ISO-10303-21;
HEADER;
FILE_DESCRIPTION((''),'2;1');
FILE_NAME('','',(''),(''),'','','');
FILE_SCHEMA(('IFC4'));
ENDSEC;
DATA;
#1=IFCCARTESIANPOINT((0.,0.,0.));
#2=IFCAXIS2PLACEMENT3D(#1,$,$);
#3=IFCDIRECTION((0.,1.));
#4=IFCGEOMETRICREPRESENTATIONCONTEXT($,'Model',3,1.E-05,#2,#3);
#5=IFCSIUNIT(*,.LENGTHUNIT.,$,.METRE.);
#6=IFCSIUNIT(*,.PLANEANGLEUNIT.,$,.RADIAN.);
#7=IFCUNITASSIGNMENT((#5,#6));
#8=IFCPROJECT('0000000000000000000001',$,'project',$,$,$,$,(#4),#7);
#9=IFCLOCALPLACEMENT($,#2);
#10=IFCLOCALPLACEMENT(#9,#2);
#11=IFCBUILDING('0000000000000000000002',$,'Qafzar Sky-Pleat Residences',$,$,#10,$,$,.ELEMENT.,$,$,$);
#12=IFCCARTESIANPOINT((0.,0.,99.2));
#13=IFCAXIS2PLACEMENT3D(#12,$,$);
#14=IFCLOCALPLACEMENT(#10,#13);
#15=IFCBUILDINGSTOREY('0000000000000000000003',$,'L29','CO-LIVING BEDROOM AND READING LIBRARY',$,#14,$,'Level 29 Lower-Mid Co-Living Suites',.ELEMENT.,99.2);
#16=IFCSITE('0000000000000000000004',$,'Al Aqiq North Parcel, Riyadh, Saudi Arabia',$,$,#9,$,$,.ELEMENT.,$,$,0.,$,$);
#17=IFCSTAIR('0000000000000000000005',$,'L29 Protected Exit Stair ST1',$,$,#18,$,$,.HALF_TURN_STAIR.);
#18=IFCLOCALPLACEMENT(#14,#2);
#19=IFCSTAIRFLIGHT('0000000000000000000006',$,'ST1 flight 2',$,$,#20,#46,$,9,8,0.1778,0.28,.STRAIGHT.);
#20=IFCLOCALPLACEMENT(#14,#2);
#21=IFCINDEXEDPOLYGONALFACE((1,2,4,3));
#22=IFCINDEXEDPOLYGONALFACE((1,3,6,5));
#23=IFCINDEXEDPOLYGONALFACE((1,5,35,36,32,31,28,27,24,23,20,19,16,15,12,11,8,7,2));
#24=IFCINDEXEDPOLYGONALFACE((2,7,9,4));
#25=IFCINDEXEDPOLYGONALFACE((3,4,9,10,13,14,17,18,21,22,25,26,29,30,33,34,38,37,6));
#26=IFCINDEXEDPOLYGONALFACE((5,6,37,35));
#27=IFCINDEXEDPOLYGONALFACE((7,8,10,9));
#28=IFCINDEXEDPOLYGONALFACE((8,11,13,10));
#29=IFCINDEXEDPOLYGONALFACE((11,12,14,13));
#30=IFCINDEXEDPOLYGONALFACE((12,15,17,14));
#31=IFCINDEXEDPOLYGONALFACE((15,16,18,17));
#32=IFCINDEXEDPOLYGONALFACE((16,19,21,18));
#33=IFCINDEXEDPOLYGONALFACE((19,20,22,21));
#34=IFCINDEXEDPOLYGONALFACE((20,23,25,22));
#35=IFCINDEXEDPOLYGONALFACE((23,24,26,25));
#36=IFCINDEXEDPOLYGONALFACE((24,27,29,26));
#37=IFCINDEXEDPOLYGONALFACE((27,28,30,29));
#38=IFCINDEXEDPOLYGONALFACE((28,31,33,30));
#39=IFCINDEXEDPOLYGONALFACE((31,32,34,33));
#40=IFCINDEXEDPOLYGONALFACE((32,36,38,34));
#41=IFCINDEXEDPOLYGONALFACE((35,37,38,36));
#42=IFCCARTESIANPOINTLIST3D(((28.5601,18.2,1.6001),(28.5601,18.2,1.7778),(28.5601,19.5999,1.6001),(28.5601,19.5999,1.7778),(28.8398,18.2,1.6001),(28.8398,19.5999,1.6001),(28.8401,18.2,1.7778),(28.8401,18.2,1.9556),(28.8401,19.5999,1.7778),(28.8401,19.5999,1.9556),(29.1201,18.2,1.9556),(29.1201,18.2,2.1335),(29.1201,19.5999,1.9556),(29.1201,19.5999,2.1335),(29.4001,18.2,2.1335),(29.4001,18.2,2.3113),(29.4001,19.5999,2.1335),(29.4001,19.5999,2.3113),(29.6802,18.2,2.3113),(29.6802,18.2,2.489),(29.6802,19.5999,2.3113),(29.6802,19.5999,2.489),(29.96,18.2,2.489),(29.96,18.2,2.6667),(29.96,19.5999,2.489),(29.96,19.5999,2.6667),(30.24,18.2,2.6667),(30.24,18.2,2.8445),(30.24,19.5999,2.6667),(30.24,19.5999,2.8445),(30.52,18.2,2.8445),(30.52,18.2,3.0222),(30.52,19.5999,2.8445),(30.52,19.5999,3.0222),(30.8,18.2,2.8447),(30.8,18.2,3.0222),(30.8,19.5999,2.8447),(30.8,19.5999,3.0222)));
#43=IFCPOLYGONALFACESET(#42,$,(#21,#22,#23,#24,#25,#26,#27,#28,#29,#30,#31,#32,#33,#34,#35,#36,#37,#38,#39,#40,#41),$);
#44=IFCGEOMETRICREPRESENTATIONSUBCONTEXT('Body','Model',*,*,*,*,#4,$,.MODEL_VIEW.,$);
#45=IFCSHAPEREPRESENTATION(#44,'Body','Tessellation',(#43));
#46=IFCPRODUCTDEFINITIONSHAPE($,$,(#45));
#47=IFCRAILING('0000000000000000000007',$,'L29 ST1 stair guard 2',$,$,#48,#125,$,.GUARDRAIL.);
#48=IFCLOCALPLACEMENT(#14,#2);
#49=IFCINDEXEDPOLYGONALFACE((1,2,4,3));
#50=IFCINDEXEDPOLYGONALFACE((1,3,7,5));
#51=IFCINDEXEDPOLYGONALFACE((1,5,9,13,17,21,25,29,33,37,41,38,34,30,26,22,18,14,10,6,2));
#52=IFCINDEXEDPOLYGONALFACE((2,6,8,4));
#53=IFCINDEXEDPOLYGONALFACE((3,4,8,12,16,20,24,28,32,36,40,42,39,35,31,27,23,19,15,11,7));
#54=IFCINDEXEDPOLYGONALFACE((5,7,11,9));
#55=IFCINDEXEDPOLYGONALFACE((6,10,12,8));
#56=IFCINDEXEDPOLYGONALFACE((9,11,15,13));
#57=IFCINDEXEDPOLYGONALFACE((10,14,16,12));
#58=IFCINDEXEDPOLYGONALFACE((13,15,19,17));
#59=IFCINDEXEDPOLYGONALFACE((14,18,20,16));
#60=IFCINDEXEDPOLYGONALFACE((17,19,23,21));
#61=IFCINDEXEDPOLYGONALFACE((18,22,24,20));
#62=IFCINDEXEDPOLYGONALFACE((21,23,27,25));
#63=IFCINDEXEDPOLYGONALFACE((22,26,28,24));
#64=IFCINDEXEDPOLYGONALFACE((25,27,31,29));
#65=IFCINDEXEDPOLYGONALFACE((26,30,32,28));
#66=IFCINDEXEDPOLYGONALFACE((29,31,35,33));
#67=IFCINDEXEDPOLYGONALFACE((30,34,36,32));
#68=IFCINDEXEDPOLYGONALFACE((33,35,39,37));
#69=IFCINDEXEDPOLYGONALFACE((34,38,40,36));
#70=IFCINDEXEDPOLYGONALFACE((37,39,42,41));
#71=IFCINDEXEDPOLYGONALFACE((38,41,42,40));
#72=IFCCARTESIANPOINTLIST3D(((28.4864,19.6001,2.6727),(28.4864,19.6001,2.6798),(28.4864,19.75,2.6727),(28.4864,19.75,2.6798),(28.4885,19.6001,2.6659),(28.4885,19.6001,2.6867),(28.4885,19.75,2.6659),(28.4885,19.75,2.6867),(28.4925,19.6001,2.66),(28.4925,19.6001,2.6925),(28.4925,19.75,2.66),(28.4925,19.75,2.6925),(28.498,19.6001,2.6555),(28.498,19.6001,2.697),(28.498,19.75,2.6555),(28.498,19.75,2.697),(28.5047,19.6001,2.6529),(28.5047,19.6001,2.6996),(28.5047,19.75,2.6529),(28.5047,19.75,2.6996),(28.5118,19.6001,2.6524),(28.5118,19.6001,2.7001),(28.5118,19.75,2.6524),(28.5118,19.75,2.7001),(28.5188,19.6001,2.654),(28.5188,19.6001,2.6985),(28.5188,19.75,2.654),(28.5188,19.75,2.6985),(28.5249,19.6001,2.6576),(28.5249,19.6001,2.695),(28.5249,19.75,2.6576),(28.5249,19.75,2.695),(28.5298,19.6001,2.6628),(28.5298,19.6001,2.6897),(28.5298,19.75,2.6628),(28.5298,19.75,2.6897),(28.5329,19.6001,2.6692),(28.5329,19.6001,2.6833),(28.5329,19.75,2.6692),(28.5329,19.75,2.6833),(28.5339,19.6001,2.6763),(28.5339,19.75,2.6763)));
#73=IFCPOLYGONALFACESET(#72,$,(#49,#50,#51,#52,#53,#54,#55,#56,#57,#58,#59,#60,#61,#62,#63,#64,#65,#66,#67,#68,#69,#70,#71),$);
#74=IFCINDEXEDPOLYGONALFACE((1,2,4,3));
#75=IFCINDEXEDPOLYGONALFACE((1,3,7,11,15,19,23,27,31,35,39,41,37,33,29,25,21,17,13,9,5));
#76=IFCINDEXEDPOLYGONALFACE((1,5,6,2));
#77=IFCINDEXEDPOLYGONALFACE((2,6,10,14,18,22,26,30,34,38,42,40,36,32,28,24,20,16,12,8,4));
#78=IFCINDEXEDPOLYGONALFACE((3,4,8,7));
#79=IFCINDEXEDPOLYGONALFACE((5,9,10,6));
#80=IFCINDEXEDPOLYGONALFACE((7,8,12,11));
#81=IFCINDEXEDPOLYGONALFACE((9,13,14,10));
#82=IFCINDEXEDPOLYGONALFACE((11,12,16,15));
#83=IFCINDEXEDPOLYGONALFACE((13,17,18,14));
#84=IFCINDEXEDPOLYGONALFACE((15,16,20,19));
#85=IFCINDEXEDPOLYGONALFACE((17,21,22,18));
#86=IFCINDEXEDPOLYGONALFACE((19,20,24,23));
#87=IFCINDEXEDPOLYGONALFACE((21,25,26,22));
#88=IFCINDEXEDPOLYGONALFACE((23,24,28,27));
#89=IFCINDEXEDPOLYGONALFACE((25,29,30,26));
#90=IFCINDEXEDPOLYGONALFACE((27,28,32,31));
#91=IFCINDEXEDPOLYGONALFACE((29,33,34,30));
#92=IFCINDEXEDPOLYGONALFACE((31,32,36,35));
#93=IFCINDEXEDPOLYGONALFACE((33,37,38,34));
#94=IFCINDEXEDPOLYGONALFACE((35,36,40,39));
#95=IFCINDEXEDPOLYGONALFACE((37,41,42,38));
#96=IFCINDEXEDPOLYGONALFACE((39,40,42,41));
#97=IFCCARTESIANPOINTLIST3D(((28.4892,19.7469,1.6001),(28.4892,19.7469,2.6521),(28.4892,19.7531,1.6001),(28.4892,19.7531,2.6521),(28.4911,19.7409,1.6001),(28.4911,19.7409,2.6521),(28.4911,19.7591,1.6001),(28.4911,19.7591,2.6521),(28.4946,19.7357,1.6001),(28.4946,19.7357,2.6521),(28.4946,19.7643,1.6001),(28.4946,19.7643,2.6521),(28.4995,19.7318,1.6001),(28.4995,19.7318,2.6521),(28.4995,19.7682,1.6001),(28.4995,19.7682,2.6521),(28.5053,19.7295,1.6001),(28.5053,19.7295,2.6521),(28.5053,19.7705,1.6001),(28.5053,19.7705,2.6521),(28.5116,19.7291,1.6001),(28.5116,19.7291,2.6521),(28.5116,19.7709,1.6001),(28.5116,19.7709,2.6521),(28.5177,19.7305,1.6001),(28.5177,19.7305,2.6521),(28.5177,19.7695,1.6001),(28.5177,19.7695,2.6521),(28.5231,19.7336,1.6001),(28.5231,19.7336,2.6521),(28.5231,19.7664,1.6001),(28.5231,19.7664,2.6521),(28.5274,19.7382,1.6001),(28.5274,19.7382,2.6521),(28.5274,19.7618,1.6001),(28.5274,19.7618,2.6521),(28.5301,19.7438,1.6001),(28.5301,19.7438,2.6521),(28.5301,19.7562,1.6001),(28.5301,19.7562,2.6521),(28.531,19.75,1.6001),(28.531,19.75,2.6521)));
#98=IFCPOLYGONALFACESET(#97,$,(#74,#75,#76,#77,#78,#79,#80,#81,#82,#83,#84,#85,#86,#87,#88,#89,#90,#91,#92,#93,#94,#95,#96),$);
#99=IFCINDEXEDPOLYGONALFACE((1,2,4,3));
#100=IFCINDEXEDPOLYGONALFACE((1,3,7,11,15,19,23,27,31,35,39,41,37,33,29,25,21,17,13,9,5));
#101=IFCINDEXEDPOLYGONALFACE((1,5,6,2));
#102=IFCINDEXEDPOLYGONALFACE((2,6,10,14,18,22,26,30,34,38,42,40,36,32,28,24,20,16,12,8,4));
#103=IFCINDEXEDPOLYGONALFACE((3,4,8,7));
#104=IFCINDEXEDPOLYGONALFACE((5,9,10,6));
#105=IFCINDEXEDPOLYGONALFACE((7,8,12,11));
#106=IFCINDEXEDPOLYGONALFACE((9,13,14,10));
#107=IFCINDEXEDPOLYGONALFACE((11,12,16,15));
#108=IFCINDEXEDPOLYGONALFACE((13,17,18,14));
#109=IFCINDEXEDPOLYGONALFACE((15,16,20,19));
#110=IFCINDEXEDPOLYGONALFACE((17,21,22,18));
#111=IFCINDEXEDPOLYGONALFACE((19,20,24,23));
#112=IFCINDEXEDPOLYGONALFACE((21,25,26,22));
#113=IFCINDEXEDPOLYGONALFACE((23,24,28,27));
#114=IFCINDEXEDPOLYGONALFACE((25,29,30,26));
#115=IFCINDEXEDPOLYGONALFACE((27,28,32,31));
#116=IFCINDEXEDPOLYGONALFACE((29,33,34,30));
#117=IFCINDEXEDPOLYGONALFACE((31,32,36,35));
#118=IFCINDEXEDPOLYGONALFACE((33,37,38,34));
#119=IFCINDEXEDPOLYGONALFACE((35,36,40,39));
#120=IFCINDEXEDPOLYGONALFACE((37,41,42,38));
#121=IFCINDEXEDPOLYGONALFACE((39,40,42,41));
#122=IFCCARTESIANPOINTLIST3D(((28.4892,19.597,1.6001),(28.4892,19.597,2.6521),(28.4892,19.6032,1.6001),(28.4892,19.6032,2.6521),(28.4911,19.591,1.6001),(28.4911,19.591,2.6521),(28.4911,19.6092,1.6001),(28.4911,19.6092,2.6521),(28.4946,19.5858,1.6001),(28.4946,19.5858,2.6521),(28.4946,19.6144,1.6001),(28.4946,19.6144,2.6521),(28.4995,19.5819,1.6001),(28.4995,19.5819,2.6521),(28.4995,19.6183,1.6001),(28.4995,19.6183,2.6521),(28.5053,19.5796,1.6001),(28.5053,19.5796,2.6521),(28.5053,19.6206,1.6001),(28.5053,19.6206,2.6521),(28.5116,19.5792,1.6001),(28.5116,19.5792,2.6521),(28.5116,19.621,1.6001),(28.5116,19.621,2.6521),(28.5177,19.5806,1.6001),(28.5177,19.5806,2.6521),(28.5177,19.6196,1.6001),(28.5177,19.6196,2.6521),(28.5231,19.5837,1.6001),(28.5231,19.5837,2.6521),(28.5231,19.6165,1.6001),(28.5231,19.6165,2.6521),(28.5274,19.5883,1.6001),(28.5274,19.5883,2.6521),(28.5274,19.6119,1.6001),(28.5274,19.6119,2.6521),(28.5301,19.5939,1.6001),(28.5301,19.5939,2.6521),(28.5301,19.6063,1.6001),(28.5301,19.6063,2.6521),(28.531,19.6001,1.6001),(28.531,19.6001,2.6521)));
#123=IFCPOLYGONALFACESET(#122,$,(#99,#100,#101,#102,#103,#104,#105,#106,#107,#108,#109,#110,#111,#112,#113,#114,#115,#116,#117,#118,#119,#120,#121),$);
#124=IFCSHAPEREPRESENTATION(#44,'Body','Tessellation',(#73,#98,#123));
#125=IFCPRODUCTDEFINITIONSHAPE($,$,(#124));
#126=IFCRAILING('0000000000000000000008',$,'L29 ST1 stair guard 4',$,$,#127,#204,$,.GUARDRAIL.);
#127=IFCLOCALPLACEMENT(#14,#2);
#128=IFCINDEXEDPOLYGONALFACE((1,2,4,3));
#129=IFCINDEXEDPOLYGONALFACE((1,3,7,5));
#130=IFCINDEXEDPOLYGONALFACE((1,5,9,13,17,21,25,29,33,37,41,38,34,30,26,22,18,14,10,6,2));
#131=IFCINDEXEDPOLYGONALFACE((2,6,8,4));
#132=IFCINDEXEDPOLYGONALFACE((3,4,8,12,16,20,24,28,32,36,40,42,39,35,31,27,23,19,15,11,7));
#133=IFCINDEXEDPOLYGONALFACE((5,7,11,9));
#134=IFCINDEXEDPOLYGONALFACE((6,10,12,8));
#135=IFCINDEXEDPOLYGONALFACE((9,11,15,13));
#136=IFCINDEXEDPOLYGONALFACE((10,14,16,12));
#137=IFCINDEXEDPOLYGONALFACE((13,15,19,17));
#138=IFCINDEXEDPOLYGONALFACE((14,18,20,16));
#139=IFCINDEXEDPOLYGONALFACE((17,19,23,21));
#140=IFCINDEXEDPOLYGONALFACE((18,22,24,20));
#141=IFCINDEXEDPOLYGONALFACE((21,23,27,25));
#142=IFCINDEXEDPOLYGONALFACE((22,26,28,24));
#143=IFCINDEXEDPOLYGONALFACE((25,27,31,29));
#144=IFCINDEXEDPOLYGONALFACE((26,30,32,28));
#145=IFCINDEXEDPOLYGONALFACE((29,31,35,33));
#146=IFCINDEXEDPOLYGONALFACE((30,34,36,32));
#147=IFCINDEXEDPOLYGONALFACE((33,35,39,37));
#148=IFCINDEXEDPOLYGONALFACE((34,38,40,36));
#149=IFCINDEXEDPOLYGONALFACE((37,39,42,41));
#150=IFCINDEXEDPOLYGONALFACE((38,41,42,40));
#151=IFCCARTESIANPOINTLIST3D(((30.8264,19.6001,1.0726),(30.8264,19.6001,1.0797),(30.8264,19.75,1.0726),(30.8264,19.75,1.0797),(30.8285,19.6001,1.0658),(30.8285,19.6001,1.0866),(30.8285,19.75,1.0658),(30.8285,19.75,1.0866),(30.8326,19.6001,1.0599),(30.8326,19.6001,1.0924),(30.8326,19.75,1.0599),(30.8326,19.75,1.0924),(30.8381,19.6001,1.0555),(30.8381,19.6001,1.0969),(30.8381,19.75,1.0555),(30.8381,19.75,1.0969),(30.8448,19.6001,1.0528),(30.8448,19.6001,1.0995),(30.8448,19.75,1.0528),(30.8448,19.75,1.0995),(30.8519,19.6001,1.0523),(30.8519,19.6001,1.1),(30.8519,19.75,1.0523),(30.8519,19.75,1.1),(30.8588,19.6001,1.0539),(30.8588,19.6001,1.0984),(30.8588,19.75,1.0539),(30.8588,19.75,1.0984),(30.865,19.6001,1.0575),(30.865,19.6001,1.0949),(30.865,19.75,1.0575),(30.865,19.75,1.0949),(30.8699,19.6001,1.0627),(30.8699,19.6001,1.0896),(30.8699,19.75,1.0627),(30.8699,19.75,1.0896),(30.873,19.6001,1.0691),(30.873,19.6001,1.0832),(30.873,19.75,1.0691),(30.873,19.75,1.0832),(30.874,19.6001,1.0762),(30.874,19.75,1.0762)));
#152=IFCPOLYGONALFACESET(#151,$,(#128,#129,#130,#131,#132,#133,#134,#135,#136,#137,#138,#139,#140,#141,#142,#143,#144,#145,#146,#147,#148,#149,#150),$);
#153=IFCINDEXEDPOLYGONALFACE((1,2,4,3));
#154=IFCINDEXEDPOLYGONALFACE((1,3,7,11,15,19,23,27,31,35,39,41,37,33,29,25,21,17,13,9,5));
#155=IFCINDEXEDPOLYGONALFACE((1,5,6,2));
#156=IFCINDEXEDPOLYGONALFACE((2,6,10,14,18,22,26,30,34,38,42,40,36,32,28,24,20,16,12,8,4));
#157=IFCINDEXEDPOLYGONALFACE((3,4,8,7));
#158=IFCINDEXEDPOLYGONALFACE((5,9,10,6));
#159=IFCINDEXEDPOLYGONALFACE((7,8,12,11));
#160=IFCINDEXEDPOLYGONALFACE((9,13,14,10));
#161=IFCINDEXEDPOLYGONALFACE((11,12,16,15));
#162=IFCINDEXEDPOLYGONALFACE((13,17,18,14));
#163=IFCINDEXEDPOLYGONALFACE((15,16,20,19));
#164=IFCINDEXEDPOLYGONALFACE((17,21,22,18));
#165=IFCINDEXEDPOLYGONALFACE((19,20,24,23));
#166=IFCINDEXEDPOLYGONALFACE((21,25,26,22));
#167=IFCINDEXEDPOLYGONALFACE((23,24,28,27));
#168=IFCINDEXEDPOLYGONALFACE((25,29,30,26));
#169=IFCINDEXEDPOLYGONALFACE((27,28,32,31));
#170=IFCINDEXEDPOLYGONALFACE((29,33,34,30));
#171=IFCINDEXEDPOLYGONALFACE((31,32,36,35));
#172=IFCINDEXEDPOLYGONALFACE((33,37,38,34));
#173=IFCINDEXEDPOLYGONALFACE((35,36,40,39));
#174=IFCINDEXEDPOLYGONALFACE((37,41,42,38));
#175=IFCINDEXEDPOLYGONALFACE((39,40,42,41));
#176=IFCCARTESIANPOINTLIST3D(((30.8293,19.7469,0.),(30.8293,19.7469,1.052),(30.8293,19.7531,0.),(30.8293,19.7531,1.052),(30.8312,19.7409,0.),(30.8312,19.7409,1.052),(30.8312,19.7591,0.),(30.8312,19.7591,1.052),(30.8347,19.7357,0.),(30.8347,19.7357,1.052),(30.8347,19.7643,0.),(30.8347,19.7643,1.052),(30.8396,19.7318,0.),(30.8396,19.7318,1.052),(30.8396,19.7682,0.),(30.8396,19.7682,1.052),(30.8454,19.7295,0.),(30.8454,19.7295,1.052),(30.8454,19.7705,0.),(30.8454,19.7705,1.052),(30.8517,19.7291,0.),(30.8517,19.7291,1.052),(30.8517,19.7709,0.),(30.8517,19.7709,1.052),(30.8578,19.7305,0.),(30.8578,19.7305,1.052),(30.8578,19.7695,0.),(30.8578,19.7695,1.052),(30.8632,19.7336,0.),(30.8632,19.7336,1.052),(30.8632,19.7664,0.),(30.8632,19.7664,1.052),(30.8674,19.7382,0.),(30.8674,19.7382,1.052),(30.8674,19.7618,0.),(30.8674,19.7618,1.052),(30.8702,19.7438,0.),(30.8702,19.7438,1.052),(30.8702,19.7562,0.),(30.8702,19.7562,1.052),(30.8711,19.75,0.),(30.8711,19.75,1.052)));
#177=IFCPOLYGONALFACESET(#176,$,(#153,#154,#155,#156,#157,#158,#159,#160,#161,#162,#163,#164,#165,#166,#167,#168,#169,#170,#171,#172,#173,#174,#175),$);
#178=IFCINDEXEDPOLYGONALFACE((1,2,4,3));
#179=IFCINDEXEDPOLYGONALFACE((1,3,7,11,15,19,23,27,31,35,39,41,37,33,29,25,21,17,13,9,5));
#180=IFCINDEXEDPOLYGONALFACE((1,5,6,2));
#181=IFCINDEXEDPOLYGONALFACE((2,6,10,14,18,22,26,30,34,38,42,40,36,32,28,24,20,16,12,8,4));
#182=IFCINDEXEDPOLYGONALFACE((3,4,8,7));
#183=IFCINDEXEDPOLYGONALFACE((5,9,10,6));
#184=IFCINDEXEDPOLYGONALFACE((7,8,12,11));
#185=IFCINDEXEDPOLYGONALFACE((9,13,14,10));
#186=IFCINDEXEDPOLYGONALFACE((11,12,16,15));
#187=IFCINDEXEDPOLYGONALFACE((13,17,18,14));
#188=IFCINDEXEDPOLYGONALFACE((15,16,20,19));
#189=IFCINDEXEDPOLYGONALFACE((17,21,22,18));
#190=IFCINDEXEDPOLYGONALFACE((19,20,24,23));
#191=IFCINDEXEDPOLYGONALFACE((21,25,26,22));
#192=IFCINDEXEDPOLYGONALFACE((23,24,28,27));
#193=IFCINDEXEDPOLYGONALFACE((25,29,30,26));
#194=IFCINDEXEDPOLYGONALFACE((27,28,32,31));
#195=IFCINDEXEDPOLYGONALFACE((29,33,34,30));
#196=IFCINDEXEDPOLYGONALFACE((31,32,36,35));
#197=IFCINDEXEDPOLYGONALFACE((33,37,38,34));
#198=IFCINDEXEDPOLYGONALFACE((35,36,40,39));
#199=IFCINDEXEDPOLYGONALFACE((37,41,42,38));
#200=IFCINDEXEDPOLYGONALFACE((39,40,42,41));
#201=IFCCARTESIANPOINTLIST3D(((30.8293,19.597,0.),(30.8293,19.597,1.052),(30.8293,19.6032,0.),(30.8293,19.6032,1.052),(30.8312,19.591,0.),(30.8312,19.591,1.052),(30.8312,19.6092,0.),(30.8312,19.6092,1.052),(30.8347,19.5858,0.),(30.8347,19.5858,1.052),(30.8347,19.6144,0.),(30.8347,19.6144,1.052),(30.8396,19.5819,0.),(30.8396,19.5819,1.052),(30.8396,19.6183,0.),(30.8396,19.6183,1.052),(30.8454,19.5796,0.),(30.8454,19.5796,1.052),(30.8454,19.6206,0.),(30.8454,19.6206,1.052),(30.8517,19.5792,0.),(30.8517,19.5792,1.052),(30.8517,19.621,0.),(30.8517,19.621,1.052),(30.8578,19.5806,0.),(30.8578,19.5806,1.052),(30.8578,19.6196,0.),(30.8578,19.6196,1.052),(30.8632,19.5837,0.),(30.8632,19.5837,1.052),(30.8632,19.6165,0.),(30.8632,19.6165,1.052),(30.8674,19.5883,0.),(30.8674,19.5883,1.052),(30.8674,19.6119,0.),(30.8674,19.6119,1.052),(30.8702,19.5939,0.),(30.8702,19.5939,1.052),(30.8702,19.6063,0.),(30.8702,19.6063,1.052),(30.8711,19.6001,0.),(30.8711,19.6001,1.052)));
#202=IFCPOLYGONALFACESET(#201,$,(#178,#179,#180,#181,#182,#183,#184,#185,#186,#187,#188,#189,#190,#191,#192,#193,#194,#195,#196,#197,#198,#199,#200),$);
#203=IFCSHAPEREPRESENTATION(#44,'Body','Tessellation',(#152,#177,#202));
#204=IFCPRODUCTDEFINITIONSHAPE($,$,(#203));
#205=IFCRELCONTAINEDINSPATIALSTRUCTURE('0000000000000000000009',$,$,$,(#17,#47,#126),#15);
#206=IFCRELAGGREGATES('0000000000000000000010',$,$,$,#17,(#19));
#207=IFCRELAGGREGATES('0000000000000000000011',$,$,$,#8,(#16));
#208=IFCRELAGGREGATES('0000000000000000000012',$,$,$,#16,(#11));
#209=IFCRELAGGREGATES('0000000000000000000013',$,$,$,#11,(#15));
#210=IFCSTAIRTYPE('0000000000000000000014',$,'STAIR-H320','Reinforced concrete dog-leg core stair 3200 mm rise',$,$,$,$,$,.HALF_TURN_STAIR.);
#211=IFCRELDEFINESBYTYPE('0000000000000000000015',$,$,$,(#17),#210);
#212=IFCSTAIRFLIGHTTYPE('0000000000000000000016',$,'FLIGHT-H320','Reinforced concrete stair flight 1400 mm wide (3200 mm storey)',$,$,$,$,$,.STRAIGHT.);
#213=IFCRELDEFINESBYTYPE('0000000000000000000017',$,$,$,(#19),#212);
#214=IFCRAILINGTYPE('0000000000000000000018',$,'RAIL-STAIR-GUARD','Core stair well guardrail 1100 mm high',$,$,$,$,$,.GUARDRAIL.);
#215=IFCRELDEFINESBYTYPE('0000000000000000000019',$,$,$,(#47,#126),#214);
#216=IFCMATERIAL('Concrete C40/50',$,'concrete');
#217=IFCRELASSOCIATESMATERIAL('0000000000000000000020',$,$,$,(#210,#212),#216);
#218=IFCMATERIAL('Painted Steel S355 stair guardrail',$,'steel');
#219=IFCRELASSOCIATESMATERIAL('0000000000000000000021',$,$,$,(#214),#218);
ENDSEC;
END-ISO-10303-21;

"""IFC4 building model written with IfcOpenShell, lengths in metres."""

from ifc_helpers import new_model, si_unit, direction, frame, origin, origin_2d, place, context, subcontext, project, spatial, polyline, circle, outline, extrude, source, transform, mapped, material, type_object, element, aggregate, save


model = new_model("IFC4")

# Units and contexts
model_context = context("Model", 3, precision=1e-05, world=origin(), true_north=direction((0.0, 1.0)))
body_context = subcontext(model_context, "Body", "Model", "MODEL_VIEW")
ifc_project = project(units=[si_unit("LENGTHUNIT", "METRE"), si_unit("PLANEANGLEUNIT", "RADIAN")], contexts=[model_context])

# Site, building, storey
site_placement = place(None, origin())
site = spatial("IfcSite", under=ifc_project, at=site_placement, Name="Al Aqiq North Parcel, Riyadh, Saudi Arabia", CompositionType="ELEMENT", RefElevation=0.0)
building_placement = place(site_placement, origin())
building = spatial("IfcBuilding", under=site, at=building_placement, Name="Qafzar Sky-Pleat Residences", CompositionType="ELEMENT")
storey_placement = place(building_placement, frame((0.0, 0.0, 99.2)))
storey = spatial("IfcBuildingStorey", under=building, at=storey_placement, Name="L29", Description="CO-LIVING BEDROOM AND READING LIBRARY", LongName="Level 29 Lower-Mid Co-Living Suites", CompositionType="ELEMENT", Elevation=99.2)

# Stair, stair flight
ifc_material_1 = material(Name="Concrete C40/50", Category="concrete")
stair_type = type_object("IfcStairType", Name="STAIR-H320", Description="Reinforced concrete dog-leg core stair 3200 mm rise", PredefinedType="HALF_TURN_STAIR", material=ifc_material_1)
stair_placement = place(storey_placement, origin())
stair = element("IfcStair", 1, at=stair_placement, inside=storey, type_object=stair_type, Name="L29 Protected Exit Stair ST1", PredefinedType="HALF_TURN_STAIR")
stair_flight_type = type_object("IfcStairFlightType", Name="FLIGHT-H320", Description="Reinforced concrete stair flight 1400 mm wide (3200 mm storey)", PredefinedType="STRAIGHT", material=ifc_material_1)
shared_shape_1 = source(origin(), body_context, "Body", "SweptSolid", [
    extrude(outline(polyline([(0.0, 0.0), (0.0, 0.1777), (0.28, 0.1777), (0.28, 0.3555), (0.5601, 0.3555), (0.5601, 0.5334), (0.8401, 0.5334), (0.8401, 0.7112), (1.1201, 0.7112), (1.1201, 0.8889), (1.3999, 0.8889), (1.3999, 1.0667), (1.6799, 1.0667), (1.6799, 1.2444), (1.96, 1.2444), (1.96, 1.4221), (2.24, 1.4221), (2.24, 1.6001), (2.24, 1.2446), (0.2798, 0.0), (0.0, 0.0)])), frame((0.0, 0.7, 0.0), z_axis=(0.0, -1.0, 0.0), x_axis=(1.0, 0.0, 0.0)), (0.0, 0.0, 1.0), 1.3999),
])
stair_flight_1_placement = place(storey_placement, frame((28.5601, 18.8999, 1.6001), z_axis=(0.0, 0.0, 1.0), x_axis=(1.0, 0.0, 0.0)))
stair_flight_1 = element("IfcStairFlight", 2, at=stair_flight_1_placement, type_object=stair_flight_type, Name="ST1 flight 2", NumberOfRisers=9, NumberOfTreads=8, PredefinedType="STRAIGHT", RiserHeight=0.1778, TreadLength=0.28, context=body_context, shape_type="MappedRepresentation", body=[
    mapped(shared_shape_1, transform((0.0, 0.0, 0.0), x_axis=(1.0, 0.0, 0.0), y_axis=(0.0, 1.0, 0.0), z_axis=(0.0, 0.0, 1.0), scale=1.0)),
])
aggregate(stair, [stair_flight_1])

# Railings
ifc_material_2 = material(Name="Painted Steel S355 stair guardrail", Category="steel")
railing_type_1 = type_object("IfcRailingType", Name="RAIL-STAIR-GUARD", Description="Core stair well guardrail 1100 mm high", PredefinedType="GUARDRAIL", material=ifc_material_2)
shared_shape_2 = source(origin(), body_context, "Body", "SweptSolid", [
    extrude(circle(Radius=0.0239, at=origin_2d()), frame((0.0, 0.0, 1.0762), z_axis=(0.0, -1.0, 0.0), x_axis=(1.0, 0.0, 0.0)), (0.0, 0.0, 1.0), 0.1499),
    extrude(circle(Radius=0.021, at=origin_2d()), origin(), (0.0, 0.0, 1.0), 1.052),
    extrude(circle(Radius=0.021, at=origin_2d()), frame((0.0, -0.1499, 0.0)), (0.0, 0.0, 1.0), 1.052),
])
for number, where, name in (
    (3, (28.51, 19.75, 1.6001), "L29 ST1 stair guard 2"),
    (4, (30.8501, 19.75, 0.0), "L29 ST1 stair guard 4"),
):
    element("IfcRailing", number, at=place(storey_placement, frame(where)), inside=storey, type_object=railing_type_1, Name=name, PredefinedType="GUARDRAIL", context=body_context, shape_type="MappedRepresentation", body=[
        mapped(shared_shape_2, transform((0.0, 0.0, 0.0), x_axis=(1.0, 0.0, 0.0), y_axis=(0.0, 1.0, 0.0), z_axis=(0.0, 0.0, 1.0), scale=1.0)),
    ])

save(model, "model.ifc")
